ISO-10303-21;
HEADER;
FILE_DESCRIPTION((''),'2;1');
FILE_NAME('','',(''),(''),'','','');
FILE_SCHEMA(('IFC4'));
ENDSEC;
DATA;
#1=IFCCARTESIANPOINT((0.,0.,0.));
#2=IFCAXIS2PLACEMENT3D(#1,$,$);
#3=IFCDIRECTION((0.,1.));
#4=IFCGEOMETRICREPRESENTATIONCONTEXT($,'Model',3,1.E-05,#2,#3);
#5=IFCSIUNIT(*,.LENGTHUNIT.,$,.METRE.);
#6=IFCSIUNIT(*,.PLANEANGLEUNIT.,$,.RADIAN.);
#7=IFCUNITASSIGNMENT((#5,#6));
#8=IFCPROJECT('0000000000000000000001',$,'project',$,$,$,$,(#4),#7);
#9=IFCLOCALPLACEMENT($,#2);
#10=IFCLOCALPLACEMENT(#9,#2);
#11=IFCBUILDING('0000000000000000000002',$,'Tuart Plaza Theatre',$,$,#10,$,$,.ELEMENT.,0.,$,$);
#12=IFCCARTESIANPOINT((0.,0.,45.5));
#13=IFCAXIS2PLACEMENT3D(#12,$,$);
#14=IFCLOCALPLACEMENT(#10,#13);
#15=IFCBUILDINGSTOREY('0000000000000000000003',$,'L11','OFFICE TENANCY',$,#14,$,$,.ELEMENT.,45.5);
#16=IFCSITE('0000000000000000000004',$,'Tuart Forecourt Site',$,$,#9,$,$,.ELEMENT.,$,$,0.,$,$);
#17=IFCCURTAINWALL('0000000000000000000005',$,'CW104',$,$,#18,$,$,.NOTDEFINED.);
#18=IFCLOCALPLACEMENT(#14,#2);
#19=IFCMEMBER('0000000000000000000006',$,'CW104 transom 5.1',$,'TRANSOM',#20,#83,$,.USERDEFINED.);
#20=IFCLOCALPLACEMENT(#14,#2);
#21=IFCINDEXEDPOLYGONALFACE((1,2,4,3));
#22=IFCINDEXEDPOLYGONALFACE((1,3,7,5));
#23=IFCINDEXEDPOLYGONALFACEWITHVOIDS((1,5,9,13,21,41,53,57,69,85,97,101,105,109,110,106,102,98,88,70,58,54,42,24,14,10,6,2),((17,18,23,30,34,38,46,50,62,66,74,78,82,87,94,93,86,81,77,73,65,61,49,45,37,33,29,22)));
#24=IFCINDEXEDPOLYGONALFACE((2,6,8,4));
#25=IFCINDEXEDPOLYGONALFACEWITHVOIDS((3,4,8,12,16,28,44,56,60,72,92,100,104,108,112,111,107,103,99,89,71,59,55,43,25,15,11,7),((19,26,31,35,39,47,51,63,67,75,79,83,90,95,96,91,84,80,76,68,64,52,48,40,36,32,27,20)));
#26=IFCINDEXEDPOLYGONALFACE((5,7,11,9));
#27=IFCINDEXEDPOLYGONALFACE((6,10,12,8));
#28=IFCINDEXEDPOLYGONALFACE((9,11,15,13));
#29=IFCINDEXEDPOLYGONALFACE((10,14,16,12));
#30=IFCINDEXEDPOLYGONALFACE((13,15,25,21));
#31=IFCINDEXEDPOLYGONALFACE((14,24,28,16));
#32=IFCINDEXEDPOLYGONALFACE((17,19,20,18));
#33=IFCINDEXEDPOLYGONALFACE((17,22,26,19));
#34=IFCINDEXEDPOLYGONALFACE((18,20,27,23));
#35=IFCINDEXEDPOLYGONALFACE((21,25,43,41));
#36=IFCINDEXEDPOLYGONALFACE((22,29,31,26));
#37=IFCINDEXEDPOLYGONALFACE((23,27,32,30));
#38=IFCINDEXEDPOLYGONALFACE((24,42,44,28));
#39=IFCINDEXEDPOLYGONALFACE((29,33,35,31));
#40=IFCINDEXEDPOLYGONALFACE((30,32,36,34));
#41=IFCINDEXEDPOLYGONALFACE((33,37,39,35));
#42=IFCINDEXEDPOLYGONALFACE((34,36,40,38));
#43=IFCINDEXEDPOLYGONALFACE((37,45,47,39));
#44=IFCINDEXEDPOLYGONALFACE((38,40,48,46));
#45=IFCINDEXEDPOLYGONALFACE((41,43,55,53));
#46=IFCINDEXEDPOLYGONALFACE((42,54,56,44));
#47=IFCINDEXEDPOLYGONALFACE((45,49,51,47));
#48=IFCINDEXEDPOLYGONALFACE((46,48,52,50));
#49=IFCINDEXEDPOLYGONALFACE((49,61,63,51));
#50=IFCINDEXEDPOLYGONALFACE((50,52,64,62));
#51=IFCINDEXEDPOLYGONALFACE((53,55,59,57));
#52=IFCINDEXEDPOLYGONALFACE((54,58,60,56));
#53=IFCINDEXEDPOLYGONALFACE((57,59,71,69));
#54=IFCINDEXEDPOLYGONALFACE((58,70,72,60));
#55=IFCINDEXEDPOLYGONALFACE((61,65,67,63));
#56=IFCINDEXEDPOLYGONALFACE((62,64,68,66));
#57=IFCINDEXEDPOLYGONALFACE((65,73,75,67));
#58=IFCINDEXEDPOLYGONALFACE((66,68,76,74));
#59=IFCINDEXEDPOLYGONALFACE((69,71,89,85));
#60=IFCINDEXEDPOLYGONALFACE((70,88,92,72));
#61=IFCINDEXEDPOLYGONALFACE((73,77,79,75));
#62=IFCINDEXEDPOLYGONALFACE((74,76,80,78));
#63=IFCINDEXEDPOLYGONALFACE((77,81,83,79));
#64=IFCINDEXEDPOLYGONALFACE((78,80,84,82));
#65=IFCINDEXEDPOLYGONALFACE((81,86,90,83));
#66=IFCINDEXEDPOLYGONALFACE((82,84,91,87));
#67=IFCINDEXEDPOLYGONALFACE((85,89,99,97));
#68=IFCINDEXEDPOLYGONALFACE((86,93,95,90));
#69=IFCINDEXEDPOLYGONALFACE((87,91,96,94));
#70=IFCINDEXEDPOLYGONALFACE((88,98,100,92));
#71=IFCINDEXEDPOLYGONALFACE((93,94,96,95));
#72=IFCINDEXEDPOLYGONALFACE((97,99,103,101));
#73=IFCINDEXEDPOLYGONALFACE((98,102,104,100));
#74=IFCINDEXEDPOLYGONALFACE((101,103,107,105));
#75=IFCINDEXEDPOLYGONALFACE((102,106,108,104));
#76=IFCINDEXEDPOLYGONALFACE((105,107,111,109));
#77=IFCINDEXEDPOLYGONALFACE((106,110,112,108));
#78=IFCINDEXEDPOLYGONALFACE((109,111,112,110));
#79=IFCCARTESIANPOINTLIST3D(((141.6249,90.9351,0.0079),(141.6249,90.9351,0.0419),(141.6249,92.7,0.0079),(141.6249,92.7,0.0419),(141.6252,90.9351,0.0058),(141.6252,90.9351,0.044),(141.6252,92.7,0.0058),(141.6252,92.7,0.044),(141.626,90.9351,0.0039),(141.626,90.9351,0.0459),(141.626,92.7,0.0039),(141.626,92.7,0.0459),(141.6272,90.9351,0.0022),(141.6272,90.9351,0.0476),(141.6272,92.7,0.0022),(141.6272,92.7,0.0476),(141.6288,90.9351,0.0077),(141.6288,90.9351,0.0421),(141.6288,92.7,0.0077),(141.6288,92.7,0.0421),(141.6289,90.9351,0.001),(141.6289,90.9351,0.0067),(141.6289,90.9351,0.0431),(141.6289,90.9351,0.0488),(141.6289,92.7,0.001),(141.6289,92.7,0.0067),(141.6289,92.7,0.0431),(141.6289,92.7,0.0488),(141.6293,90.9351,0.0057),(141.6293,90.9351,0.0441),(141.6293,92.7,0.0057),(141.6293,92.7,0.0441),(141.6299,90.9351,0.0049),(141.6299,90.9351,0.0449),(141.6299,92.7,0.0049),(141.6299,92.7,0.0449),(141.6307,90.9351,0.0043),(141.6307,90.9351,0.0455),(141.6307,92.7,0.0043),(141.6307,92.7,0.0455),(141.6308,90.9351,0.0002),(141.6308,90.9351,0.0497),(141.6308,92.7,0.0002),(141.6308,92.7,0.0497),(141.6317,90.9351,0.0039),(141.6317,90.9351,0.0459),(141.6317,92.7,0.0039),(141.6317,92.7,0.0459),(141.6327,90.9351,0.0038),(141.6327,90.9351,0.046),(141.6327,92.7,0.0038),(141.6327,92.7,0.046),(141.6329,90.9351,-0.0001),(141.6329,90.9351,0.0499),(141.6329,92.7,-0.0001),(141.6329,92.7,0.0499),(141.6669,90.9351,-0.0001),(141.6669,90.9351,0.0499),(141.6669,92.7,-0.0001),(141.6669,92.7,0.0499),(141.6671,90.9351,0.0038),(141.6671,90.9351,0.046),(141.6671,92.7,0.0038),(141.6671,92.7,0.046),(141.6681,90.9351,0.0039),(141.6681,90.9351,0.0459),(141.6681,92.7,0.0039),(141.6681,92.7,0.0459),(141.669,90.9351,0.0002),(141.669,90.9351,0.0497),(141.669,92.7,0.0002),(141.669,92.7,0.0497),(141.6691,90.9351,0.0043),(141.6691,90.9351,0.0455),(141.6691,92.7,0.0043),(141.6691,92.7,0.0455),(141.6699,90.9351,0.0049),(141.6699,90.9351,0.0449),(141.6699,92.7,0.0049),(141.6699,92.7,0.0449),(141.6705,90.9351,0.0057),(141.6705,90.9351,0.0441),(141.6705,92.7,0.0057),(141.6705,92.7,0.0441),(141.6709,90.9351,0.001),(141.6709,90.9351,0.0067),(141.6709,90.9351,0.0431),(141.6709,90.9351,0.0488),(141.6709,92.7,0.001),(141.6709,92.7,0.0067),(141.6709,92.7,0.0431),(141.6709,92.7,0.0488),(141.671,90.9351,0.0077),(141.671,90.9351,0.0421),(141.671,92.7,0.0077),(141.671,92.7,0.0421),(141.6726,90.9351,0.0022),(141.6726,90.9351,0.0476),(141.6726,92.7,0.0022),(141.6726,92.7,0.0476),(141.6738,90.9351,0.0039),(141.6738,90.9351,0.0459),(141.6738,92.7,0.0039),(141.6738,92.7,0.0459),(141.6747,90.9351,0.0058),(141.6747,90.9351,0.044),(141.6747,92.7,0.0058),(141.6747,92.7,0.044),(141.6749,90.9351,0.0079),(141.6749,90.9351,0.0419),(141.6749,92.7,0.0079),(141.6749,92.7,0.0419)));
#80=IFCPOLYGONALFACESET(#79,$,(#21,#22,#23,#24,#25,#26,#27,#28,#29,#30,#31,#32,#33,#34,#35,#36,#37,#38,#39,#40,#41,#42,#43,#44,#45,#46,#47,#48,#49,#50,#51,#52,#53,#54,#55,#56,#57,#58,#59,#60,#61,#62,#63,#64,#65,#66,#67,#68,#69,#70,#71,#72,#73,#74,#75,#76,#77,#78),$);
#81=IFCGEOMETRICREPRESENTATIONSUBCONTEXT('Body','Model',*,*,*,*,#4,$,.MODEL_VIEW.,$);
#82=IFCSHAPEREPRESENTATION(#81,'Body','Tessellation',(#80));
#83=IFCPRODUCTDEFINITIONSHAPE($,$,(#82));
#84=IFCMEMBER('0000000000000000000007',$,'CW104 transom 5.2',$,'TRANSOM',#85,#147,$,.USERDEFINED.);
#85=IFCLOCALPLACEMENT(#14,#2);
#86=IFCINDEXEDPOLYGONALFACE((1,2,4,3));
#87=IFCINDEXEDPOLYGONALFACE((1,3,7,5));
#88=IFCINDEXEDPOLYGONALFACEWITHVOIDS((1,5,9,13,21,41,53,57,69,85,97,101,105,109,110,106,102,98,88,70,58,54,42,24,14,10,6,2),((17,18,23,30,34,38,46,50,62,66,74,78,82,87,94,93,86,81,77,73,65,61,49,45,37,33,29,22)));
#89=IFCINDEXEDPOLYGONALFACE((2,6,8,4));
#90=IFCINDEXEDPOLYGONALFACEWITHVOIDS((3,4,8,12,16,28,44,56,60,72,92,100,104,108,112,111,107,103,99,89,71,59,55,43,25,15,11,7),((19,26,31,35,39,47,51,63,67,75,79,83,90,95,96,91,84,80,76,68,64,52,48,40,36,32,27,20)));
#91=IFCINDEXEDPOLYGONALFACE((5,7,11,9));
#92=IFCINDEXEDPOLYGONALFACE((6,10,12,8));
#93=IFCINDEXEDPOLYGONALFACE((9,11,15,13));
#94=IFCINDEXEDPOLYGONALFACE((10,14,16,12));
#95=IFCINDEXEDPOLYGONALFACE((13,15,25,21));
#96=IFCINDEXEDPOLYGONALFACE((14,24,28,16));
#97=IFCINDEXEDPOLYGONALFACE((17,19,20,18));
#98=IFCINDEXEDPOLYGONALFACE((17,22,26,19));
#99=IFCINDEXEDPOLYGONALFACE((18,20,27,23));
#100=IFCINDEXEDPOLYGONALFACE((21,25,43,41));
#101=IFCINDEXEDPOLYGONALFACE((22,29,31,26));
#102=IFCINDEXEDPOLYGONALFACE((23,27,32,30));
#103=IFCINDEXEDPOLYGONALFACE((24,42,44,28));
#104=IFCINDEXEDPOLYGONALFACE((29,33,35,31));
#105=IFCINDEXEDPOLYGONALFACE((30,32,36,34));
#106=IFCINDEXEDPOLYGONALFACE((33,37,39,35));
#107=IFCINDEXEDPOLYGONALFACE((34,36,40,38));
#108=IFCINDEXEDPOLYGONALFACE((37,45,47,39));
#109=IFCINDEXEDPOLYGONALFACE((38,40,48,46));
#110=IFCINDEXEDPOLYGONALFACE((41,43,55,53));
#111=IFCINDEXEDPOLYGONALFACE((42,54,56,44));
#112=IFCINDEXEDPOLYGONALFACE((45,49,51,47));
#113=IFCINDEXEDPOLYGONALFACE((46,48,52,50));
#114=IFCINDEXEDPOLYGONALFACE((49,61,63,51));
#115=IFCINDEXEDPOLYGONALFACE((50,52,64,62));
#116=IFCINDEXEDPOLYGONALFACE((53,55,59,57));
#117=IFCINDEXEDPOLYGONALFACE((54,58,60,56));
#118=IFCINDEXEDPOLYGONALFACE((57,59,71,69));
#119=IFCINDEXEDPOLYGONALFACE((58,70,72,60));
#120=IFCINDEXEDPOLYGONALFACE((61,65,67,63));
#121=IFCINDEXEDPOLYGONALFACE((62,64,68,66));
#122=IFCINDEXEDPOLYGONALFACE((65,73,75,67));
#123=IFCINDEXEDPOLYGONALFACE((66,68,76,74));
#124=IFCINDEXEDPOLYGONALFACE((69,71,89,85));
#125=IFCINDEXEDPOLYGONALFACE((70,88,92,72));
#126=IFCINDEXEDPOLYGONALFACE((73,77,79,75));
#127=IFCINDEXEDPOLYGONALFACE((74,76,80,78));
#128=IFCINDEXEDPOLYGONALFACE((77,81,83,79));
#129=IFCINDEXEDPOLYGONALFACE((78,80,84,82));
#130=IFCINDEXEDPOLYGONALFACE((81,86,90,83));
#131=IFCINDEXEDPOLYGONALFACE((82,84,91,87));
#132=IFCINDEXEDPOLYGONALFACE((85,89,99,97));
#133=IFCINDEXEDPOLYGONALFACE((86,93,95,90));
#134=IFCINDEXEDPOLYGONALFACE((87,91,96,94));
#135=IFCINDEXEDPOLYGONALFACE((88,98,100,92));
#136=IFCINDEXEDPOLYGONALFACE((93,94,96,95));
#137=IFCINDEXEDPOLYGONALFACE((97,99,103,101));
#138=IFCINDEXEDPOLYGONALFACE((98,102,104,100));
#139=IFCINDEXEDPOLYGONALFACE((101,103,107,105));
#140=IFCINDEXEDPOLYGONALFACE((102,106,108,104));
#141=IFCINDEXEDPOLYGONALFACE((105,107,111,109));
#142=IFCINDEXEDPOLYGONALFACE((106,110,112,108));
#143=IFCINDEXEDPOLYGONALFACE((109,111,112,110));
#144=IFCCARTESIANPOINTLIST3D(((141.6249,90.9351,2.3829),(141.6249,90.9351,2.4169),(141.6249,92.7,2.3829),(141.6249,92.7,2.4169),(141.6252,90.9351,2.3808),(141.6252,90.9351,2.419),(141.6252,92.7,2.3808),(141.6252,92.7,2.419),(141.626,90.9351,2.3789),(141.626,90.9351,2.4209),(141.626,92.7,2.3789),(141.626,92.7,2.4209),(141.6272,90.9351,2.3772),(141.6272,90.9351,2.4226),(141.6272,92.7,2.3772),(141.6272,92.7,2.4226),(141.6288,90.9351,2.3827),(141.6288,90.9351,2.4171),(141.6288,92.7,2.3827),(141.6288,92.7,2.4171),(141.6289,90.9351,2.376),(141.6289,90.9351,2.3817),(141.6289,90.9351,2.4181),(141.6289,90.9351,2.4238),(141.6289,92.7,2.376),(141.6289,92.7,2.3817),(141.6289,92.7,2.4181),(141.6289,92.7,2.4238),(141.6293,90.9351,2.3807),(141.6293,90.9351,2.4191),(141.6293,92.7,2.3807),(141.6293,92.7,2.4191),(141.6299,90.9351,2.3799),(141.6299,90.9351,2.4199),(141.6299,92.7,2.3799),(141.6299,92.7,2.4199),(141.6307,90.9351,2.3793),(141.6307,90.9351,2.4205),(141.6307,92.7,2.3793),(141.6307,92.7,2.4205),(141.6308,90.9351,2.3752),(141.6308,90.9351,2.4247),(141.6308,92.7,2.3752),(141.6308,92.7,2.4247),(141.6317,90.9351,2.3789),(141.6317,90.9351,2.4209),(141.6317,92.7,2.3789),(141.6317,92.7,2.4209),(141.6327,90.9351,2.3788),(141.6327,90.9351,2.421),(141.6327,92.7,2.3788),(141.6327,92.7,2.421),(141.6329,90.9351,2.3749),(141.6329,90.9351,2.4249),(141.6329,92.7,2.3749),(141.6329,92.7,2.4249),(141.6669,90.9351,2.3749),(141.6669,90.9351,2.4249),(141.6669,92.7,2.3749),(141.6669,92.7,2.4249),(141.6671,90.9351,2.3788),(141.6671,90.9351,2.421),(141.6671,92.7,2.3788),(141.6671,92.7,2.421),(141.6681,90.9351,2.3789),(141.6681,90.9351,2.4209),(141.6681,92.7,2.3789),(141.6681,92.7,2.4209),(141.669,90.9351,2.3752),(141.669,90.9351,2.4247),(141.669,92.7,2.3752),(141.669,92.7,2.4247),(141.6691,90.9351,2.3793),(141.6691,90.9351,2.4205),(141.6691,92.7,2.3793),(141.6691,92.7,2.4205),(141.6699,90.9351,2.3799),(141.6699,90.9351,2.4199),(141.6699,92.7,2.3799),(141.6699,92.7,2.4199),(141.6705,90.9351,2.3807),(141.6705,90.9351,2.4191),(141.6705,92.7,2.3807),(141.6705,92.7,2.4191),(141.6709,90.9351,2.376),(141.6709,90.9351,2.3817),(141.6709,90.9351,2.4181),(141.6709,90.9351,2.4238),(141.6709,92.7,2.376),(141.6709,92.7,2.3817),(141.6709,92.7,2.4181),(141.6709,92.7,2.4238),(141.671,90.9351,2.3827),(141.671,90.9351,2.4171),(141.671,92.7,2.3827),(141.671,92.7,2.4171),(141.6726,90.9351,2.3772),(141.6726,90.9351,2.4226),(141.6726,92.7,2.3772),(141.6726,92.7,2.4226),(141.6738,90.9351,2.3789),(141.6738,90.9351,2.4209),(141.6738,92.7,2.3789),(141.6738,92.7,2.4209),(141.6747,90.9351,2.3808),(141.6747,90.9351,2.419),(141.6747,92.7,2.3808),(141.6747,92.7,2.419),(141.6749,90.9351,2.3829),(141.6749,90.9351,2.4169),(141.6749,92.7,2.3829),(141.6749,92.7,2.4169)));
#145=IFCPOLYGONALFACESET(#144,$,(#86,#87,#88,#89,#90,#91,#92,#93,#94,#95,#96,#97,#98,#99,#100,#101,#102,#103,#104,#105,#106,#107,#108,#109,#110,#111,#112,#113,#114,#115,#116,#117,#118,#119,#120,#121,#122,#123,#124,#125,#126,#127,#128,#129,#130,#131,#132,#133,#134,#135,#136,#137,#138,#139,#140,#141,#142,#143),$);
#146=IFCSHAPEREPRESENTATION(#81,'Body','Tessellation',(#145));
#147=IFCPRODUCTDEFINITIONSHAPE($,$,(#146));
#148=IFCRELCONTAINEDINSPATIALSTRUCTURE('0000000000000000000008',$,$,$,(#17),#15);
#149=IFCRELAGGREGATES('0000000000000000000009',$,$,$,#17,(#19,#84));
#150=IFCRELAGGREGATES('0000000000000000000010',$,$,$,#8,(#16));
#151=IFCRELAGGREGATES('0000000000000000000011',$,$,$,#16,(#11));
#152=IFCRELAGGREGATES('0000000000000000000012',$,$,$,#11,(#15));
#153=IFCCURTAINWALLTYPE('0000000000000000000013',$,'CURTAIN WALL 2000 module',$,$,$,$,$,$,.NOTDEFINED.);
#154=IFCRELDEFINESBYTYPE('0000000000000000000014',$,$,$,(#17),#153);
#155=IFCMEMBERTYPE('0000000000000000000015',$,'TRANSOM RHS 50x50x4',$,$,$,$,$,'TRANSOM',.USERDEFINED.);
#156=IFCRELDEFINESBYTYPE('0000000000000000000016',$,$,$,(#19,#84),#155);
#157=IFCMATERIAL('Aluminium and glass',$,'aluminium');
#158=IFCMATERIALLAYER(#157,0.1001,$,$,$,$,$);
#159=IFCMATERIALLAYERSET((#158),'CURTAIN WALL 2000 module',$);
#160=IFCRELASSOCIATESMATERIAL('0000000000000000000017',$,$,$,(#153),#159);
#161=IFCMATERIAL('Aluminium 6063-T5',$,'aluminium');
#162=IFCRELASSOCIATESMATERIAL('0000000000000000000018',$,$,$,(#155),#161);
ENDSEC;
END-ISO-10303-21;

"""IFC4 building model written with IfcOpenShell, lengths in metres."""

from ifc_helpers import new_model, si_unit, direction, frame, origin, origin_2d, place, context, subcontext, project, spatial, hollow_rectangle, extrude, material, layer, layer_set, material_profile, profile_set, type_object, element, aggregate, save


model = new_model("IFC4")

# Units and contexts
model_context = context("Model", 3, precision=1e-05, world=origin(), true_north=direction((0.0, 1.0)))
body_context = subcontext(model_context, "Body", "Model", "MODEL_VIEW")
ifc_project = project(units=[si_unit("LENGTHUNIT", "METRE"), si_unit("PLANEANGLEUNIT", "RADIAN")], contexts=[model_context])

# Site, building, storey
site_placement = place(None, origin())
site = spatial("IfcSite", under=ifc_project, at=site_placement, Name="Tuart Forecourt Site", CompositionType="ELEMENT", RefElevation=0.0)
building_placement = place(site_placement, origin())
building = spatial("IfcBuilding", under=site, at=building_placement, Name="Tuart Plaza Theatre", CompositionType="ELEMENT", ElevationOfRefHeight=0.0)
storey_placement = place(building_placement, frame((0.0, 0.0, 45.5)))
storey = spatial("IfcBuildingStorey", under=building, at=storey_placement, Name="L11", Description="OFFICE TENANCY", CompositionType="ELEMENT", Elevation=45.5)

# Curtain wall, members
ifc_material_1 = material(Name="Aluminium and glass", Category="aluminium")
ifc_layer_1 = layer(ifc_material_1, 0.1001)
ifc_layer_set_1 = layer_set([ifc_layer_1], Name="CURTAIN WALL 2000 module")
curtain_wall_type = type_object("IfcCurtainWallType", Name="CURTAIN WALL 2000 module", PredefinedType="NOTDEFINED", material=ifc_layer_set_1)
curtain_wall_placement = place(storey_placement, origin())
curtain_wall = element("IfcCurtainWall", 1, at=curtain_wall_placement, inside=storey, type_object=curtain_wall_type, Name="CW104", PredefinedType="NOTDEFINED")
ifc_material_2 = material(Name="Aluminium 6063-T5", Category="aluminium")
ifc_material_profile_1 = material_profile(ifc_material_2, hollow_rectangle(XDim=0.05, YDim=0.05, WallThickness=0.0039, InnerFilletRadius=0.0039, OuterFilletRadius=0.0081, at=origin_2d()), Name="RHS 50x50x4")
ifc_profile_set_1 = profile_set([ifc_material_profile_1], Name="Aluminium 6063-T5")
member_type_1 = type_object("IfcMemberType", Name="TRANSOM RHS 50x50x4", ElementType="TRANSOM", PredefinedType="USERDEFINED", material=ifc_profile_set_1)
member_1_placement = place(storey_placement, frame((141.6499, 90.9351, 0.0249), z_axis=(0.0, 1.0, 0.0), x_axis=(-1.0, 0.0, 0.0)))
member_1 = element("IfcMember", 2, at=member_1_placement, type_object=member_type_1, Name="CW104 transom 5.1", ObjectType="TRANSOM", PredefinedType="USERDEFINED", context=body_context, shape_type="SweptSolid", body=[
    extrude(hollow_rectangle(XDim=0.05, YDim=0.05, WallThickness=0.0039, InnerFilletRadius=0.0039, OuterFilletRadius=0.0081, at=origin_2d()), origin(), (0.0, 0.0, 1.0), 1.7649),
])
member_2_placement = place(storey_placement, frame((141.6499, 90.9351, 2.3999), z_axis=(0.0, 1.0, 0.0), x_axis=(-1.0, 0.0, 0.0)))
member_2 = element("IfcMember", 3, at=member_2_placement, type_object=member_type_1, Name="CW104 transom 5.2", ObjectType="TRANSOM", PredefinedType="USERDEFINED", context=body_context, shape_type="SweptSolid", body=[
    extrude(hollow_rectangle(XDim=0.05, YDim=0.05, WallThickness=0.0039, InnerFilletRadius=0.0039, OuterFilletRadius=0.0081, at=origin_2d()), origin(), (0.0, 0.0, 1.0), 1.7649),
])
aggregate(curtain_wall, [member_1, member_2])

save(model, "model.ifc")
